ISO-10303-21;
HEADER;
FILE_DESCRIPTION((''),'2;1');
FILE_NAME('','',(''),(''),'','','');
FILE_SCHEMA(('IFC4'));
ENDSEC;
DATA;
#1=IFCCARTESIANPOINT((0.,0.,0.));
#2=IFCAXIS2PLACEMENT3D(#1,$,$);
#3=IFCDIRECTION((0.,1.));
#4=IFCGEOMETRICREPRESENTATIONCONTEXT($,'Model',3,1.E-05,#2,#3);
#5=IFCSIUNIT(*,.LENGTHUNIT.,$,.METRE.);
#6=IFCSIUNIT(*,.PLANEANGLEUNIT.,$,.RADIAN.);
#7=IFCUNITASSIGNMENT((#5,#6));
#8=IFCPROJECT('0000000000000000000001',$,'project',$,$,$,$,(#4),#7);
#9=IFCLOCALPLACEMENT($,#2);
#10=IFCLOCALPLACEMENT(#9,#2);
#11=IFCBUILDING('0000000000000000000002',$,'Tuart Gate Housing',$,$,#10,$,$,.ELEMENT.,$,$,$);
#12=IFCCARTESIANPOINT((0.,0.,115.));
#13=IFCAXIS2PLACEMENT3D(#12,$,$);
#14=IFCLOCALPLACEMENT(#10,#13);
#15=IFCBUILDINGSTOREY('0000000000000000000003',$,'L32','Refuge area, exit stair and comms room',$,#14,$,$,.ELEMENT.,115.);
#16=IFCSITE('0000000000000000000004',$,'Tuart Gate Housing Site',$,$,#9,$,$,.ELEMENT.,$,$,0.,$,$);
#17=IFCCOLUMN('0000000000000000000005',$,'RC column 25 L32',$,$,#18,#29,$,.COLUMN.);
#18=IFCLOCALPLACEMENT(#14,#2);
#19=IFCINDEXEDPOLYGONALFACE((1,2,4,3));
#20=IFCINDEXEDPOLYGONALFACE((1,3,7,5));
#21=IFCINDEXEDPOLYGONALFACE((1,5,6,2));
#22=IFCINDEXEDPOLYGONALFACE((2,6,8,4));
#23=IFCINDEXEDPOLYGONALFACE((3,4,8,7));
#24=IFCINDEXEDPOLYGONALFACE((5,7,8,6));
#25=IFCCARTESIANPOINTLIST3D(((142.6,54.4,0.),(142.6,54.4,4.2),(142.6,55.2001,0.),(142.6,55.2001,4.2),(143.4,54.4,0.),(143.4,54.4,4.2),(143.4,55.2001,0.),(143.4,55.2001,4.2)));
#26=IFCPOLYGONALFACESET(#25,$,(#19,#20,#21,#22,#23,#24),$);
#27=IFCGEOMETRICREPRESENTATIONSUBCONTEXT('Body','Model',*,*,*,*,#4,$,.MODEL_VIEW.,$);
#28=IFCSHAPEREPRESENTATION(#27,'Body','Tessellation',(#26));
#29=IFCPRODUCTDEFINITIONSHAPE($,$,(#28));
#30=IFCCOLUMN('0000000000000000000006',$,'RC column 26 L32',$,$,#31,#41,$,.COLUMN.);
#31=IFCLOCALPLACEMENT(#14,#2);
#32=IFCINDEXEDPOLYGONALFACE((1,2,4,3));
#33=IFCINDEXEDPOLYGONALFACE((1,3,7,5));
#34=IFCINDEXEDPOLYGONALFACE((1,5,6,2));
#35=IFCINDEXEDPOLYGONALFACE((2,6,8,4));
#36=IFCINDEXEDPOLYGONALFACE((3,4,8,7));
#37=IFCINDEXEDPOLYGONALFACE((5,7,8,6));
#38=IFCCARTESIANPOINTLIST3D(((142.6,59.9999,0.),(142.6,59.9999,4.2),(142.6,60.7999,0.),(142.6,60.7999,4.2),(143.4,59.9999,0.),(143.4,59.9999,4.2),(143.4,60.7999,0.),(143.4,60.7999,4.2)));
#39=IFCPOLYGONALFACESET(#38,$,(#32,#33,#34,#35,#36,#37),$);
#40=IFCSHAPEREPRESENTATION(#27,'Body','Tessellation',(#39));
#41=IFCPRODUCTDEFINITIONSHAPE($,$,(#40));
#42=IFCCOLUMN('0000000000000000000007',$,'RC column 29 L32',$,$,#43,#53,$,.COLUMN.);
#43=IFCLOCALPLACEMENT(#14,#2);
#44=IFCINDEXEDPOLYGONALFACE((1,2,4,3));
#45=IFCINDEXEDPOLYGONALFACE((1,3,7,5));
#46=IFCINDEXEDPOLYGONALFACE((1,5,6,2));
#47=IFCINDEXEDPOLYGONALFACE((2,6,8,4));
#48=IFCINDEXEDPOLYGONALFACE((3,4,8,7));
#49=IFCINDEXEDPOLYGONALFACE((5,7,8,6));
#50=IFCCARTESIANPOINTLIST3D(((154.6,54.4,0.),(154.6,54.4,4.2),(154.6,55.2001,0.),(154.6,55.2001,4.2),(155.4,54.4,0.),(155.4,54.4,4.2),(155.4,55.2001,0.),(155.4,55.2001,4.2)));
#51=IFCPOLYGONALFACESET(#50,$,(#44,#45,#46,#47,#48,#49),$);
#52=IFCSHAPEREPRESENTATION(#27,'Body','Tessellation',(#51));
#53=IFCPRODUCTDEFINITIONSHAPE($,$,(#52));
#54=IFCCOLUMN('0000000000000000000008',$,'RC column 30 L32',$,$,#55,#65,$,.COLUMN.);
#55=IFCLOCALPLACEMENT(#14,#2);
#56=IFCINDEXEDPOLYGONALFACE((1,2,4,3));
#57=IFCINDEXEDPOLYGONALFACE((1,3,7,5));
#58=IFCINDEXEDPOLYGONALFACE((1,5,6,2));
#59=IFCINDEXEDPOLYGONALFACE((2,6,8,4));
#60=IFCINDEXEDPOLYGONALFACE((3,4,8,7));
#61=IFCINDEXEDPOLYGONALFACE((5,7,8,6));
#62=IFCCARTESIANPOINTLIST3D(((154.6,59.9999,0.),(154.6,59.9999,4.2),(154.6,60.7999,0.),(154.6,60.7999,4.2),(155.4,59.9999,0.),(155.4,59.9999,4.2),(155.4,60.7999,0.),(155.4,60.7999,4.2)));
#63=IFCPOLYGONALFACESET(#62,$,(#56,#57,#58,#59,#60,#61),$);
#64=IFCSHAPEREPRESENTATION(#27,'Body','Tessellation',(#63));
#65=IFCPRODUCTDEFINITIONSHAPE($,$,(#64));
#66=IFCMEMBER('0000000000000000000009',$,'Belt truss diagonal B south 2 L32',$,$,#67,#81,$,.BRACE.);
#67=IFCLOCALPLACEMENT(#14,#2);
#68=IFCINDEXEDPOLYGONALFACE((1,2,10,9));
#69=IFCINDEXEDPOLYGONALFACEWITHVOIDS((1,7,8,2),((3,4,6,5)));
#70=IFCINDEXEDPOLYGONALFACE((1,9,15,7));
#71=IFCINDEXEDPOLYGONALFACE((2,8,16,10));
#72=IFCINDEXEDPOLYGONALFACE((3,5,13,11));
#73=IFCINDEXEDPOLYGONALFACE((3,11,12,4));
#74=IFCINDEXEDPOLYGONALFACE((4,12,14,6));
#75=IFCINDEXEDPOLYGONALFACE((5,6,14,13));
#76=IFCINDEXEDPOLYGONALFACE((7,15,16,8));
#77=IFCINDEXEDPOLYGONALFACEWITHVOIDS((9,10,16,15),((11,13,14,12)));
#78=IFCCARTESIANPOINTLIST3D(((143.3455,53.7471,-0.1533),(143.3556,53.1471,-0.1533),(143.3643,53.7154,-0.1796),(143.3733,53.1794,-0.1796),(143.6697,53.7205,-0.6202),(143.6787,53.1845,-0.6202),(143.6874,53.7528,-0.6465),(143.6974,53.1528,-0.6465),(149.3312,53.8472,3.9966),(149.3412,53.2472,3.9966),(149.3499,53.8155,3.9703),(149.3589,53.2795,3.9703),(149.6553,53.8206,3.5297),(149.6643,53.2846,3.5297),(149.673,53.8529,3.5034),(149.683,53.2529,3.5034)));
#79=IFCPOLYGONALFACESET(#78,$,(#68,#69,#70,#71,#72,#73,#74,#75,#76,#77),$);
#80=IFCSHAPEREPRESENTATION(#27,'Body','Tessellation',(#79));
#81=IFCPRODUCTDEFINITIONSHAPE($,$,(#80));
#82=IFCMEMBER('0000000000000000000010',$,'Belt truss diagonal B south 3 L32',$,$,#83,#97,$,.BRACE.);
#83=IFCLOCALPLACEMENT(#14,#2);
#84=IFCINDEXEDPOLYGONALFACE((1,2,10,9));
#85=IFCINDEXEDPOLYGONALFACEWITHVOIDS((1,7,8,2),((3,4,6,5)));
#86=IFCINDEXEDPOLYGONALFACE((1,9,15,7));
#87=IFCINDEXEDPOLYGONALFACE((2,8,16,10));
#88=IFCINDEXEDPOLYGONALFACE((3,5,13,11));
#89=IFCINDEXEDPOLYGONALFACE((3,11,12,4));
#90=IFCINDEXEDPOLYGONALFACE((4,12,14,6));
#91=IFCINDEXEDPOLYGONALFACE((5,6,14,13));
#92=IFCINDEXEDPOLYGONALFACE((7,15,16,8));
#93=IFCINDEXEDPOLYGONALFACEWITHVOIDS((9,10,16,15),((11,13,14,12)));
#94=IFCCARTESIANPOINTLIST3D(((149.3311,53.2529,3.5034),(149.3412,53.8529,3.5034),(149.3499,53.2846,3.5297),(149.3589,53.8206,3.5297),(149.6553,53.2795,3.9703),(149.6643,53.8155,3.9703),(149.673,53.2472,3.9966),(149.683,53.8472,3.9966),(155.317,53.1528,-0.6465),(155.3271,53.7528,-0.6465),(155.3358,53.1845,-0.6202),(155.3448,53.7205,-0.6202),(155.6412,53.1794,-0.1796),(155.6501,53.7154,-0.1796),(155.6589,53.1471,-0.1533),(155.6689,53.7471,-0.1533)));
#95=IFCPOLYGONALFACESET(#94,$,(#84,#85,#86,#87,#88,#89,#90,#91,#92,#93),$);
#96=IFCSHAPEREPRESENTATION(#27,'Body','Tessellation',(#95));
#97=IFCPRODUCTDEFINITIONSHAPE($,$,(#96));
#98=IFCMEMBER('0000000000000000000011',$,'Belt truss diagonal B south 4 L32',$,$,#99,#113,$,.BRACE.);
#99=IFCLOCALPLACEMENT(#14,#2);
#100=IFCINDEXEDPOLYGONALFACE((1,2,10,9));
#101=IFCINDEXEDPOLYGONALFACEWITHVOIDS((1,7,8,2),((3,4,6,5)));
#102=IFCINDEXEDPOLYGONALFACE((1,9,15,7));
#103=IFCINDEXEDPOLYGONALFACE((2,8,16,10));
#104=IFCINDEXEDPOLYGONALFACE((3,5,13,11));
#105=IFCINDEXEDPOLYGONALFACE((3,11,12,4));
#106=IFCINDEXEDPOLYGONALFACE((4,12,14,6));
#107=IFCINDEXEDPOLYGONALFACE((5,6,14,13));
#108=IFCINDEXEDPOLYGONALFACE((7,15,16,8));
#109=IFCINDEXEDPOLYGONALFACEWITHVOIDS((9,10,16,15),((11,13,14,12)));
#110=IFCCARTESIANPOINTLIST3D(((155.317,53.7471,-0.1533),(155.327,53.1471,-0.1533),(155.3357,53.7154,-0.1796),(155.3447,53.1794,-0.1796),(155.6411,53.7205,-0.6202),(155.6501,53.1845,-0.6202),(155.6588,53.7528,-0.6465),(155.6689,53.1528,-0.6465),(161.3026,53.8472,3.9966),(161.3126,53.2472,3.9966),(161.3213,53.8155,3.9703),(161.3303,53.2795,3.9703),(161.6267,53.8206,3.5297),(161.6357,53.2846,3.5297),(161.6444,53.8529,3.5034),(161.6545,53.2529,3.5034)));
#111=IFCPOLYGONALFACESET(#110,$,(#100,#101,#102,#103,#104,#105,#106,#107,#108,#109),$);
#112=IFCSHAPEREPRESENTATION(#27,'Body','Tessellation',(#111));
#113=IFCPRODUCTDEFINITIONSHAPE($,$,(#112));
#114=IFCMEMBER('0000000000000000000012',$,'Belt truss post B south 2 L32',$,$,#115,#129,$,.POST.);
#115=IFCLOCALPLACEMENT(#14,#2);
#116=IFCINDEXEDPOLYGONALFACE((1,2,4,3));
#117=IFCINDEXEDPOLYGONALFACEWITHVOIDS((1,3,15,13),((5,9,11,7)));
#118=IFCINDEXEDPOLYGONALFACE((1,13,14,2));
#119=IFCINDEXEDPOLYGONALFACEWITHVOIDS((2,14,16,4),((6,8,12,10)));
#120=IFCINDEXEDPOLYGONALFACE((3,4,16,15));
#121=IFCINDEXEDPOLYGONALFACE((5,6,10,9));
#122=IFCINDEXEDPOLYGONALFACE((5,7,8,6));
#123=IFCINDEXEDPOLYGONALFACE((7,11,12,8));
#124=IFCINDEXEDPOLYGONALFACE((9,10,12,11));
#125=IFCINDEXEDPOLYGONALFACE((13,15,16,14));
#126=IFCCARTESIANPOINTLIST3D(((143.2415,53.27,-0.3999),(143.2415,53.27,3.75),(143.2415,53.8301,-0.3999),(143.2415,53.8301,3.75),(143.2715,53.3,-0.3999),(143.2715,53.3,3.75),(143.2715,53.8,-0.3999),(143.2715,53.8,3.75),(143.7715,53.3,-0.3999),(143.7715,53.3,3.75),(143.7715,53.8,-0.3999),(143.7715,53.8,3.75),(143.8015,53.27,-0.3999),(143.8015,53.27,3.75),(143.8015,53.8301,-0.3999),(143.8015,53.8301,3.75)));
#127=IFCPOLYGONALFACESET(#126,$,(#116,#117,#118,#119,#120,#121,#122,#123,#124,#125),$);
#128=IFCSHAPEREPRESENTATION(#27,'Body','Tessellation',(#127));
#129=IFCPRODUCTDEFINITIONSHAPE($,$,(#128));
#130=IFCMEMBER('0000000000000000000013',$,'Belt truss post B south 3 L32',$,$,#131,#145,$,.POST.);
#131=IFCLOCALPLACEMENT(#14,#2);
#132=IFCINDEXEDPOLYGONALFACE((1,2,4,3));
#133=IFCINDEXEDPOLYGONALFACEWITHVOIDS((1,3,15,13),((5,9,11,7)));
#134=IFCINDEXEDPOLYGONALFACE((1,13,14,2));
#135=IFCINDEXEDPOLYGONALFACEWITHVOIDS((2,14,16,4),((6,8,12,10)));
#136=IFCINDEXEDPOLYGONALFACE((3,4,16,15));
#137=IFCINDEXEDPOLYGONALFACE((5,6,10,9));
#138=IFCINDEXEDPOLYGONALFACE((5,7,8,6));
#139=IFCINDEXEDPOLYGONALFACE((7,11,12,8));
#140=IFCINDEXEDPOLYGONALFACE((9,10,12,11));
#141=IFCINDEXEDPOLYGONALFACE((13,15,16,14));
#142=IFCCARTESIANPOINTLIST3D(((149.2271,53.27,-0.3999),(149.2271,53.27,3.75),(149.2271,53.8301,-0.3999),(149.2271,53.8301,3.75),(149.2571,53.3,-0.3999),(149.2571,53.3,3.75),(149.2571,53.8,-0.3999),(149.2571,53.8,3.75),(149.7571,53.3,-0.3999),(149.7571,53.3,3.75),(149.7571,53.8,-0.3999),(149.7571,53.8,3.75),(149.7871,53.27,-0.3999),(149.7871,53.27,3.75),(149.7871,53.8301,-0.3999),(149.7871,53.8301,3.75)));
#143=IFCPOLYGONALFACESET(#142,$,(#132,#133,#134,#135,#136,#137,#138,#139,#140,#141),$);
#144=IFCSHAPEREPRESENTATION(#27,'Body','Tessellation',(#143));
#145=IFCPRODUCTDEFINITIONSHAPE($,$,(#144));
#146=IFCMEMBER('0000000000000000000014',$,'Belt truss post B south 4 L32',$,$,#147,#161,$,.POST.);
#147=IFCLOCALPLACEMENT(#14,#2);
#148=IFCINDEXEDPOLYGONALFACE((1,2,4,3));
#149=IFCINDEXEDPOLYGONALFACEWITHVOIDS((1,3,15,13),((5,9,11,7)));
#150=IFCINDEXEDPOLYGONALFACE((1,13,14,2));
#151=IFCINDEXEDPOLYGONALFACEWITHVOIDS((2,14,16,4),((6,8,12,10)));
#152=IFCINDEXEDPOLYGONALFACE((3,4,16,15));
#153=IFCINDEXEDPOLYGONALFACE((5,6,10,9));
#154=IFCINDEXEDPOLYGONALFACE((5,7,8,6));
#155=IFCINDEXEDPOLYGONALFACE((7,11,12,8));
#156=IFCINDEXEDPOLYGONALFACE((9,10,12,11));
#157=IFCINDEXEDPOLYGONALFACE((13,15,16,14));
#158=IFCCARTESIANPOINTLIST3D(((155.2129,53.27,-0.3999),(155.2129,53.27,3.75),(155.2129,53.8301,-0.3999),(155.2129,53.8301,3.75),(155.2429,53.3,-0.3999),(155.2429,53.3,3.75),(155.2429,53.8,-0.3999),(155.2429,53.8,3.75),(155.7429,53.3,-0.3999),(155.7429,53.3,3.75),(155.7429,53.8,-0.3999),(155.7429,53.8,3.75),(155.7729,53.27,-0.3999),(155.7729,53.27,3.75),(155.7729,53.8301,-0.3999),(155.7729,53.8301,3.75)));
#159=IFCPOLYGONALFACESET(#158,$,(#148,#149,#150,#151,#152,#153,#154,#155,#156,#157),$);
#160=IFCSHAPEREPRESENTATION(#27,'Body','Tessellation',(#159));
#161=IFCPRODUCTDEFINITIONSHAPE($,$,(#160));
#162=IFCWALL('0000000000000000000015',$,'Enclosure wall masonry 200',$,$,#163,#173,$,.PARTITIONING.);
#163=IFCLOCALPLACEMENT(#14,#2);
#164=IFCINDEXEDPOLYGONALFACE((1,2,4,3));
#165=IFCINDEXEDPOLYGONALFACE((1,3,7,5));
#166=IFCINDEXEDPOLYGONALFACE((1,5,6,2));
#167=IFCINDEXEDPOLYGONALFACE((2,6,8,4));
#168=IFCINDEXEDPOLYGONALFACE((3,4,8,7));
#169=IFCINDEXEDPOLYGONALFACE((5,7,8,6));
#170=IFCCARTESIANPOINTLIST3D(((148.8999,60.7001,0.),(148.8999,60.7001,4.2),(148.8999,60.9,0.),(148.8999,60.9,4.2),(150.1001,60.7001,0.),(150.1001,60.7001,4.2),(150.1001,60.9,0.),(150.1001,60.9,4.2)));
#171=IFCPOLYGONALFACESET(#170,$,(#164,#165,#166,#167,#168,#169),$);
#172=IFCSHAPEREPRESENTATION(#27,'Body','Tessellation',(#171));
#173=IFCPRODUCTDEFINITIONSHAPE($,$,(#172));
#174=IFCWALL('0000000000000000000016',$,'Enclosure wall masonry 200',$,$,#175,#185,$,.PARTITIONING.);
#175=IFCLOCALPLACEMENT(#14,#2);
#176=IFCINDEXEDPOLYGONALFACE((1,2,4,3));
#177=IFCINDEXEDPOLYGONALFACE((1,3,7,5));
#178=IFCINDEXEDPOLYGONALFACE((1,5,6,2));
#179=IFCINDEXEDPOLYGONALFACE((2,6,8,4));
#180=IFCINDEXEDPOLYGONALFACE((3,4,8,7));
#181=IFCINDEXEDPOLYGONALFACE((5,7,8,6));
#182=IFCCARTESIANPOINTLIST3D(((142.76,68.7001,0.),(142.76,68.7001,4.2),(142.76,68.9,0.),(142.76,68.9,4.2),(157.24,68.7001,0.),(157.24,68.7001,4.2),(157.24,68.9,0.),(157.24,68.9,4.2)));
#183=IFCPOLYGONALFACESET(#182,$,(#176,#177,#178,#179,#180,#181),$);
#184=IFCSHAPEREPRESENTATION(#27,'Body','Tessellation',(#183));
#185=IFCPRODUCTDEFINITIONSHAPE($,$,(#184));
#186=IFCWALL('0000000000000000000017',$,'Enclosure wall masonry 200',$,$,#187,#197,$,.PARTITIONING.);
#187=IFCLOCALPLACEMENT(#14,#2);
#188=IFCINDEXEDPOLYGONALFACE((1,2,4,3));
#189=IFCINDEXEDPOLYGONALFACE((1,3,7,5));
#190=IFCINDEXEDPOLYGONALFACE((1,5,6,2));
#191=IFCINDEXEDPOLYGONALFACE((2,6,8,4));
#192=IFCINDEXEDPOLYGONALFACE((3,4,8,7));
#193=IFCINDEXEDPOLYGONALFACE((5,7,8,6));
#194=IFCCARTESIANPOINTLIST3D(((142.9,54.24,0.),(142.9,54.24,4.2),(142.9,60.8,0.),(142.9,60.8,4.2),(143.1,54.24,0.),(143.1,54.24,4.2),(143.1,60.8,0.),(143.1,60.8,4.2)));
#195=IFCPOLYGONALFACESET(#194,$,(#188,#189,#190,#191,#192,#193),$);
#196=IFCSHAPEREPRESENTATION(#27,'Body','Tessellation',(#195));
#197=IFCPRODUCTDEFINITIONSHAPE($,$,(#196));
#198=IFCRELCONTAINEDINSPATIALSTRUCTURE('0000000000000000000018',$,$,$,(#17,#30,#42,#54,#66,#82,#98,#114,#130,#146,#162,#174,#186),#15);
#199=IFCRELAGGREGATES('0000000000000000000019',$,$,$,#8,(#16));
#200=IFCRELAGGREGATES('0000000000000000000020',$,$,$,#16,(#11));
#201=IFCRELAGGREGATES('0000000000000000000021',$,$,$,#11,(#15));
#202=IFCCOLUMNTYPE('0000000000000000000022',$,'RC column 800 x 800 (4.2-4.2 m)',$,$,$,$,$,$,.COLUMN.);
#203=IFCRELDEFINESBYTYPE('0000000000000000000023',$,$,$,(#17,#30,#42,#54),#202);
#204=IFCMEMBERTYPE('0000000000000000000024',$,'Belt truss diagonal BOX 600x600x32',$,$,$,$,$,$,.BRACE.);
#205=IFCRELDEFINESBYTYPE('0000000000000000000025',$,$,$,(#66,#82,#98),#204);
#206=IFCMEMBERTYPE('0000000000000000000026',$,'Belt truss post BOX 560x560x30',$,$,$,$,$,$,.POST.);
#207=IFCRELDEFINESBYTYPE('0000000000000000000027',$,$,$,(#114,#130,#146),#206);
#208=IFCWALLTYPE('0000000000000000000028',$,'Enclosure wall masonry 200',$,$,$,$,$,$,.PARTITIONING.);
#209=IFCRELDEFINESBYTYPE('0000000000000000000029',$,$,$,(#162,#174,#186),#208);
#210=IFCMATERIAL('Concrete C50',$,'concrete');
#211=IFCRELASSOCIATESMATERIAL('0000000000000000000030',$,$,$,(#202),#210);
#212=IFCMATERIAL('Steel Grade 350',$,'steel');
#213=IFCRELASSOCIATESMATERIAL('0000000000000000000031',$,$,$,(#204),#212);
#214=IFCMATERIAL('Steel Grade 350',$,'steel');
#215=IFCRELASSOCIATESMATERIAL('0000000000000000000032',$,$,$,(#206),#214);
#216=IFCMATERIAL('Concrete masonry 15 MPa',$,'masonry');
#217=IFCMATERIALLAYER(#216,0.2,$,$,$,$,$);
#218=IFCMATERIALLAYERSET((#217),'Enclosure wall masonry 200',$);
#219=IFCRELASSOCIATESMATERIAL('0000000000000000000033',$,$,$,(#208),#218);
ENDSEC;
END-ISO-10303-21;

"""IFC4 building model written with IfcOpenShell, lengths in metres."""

from ifc_helpers import new_model, si_unit, direction, frame, frame_2d, origin, origin_2d, place, context, subcontext, project, spatial, rectangle, hollow_rectangle, extrude, material, layer, layer_set, material_profile, profile_set, type_object, element, save


model = new_model("IFC4")

# Units and contexts
model_context = context("Model", 3, precision=1e-05, world=origin(), true_north=direction((0.0, 1.0)))
body_context = subcontext(model_context, "Body", "Model", "MODEL_VIEW")
ifc_project = project(units=[si_unit("LENGTHUNIT", "METRE"), si_unit("PLANEANGLEUNIT", "RADIAN")], contexts=[model_context])

# Site, building, storey
site_placement = place(None, origin())
site = spatial("IfcSite", under=ifc_project, at=site_placement, Name="Tuart Gate Housing Site", CompositionType="ELEMENT", RefElevation=0.0)
building_placement = place(site_placement, origin())
building = spatial("IfcBuilding", under=site, at=building_placement, Name="Tuart Gate Housing", CompositionType="ELEMENT")
storey_placement = place(building_placement, frame((0.0, 0.0, 115.0)))
storey = spatial("IfcBuildingStorey", under=building, at=storey_placement, Name="L32", Description="Refuge area, exit stair and comms room", CompositionType="ELEMENT", Elevation=115.0)

# Columns
ifc_material_1 = material(Name="Concrete C50", Category="concrete")
ifc_material_profile_1 = material_profile(ifc_material_1, rectangle(XDim=0.8, YDim=0.8, at=origin_2d()), Name="RC column 800 x 800 (4.2-4.2 m)")
ifc_profile_set_1 = profile_set([ifc_material_profile_1], Name="Concrete C50")
column_type = type_object("IfcColumnType", Name="RC column 800 x 800 (4.2-4.2 m)", PredefinedType="COLUMN", material=ifc_profile_set_1)
for number, where, z_axis, x_axis, name in (
    (1, (143.0, 54.8, 0.0), (0.0, 0.0, 1.0), (1.0, 0.0, 0.0), "RC column 25 L32"),
    (2, (143.0, 60.3999, 0.0), (0.0, 0.0, 1.0), (1.0, 0.0, 0.0), "RC column 26 L32"),
    (3, (155.0, 54.8, 0.0), (0.0, 0.0, 1.0), (1.0, 0.0, 0.0), "RC column 29 L32"),
    (4, (155.0, 60.3999, 0.0), (0.0, 0.0, 1.0), (1.0, 0.0, 0.0), "RC column 30 L32"),
):
    element("IfcColumn", number, at=place(storey_placement, frame(where, z_axis=z_axis, x_axis=x_axis)), inside=storey, type_object=column_type, Name=name, PredefinedType="COLUMN", context=body_context, shape_type="SweptSolid", body=[
        extrude(rectangle(XDim=0.8, YDim=0.8, at=origin_2d()), origin(), (0.0, 0.0, 1.0), 4.2),
    ])

# Members
ifc_material_2 = material(Name="Steel Grade 350", Category="steel")
ifc_material_profile_2 = material_profile(ifc_material_2, hollow_rectangle(XDim=0.6001, YDim=0.6001, WallThickness=0.032, at=origin_2d()), Name="BOX 600x600x32")
ifc_profile_set_2 = profile_set([ifc_material_profile_2], Name="Steel Grade 350")
member_type_1 = type_object("IfcMemberType", Name="Belt truss diagonal BOX 600x600x32", PredefinedType="BRACE", material=ifc_profile_set_2)
member_1_placement = place(storey_placement, frame((143.5215, 53.45, -0.3999), z_axis=(0.821727, 0.013742, 0.569716), x_axis=(-0.016721, 0.99986, 0.0)))
element("IfcMember", 5, at=member_1_placement, inside=storey, type_object=member_type_1, Name="Belt truss diagonal B south 2 L32", PredefinedType="BRACE", context=body_context, shape_type="SweptSolid", body=[
    extrude(hollow_rectangle(XDim=0.6001, YDim=0.6001, WallThickness=0.032, at=origin_2d()), origin(), (0.0, 0.0, 1.0), 7.2842),
])
member_2_placement = place(storey_placement, frame((149.5071, 53.55, 3.75), z_axis=(0.821738, -0.013741, -0.5697), x_axis=(0.01672, 0.99986, 0.0)))
element("IfcMember", 6, at=member_2_placement, inside=storey, type_object=member_type_1, Name="Belt truss diagonal B south 3 L32", PredefinedType="BRACE", context=body_context, shape_type="SweptSolid", body=[
    extrude(hollow_rectangle(XDim=0.6001, YDim=0.6001, WallThickness=0.032, at=origin_2d()), origin(), (0.0, 0.0, 1.0), 7.2844),
])
member_3_placement = place(storey_placement, frame((155.4929, 53.45, -0.3999), z_axis=(0.821727, 0.013742, 0.569716), x_axis=(-0.016721, 0.99986, 0.0)))
element("IfcMember", 7, at=member_3_placement, inside=storey, type_object=member_type_1, Name="Belt truss diagonal B south 4 L32", PredefinedType="BRACE", context=body_context, shape_type="SweptSolid", body=[
    extrude(hollow_rectangle(XDim=0.6001, YDim=0.6001, WallThickness=0.032, at=origin_2d()), origin(), (0.0, 0.0, 1.0), 7.2842),
])
ifc_material_3 = material(Name="Steel Grade 350", Category="steel")
ifc_material_profile_3 = material_profile(ifc_material_3, hollow_rectangle(XDim=0.5601, YDim=0.5601, WallThickness=0.03, at=origin_2d()), Name="BOX 560x560x30")
ifc_profile_set_3 = profile_set([ifc_material_profile_3], Name="Steel Grade 350")
member_type_2 = type_object("IfcMemberType", Name="Belt truss post BOX 560x560x30", PredefinedType="POST", material=ifc_profile_set_3)
for number, where, z_axis, x_axis, name in (
    (8, (143.5215, 53.55, -0.3999), (0.0, 0.0, 1.0), (1.0, 0.0, 0.0), "Belt truss post B south 2 L32"),
    (9, (149.5071, 53.55, -0.3999), (0.0, 0.0, 1.0), (1.0, 0.0, 0.0), "Belt truss post B south 3 L32"),
    (10, (155.4929, 53.55, -0.3999), (0.0, 0.0, 1.0), (1.0, 0.0, 0.0), "Belt truss post B south 4 L32"),
):
    element("IfcMember", number, at=place(storey_placement, frame(where, z_axis=z_axis, x_axis=x_axis)), inside=storey, type_object=member_type_2, Name=name, PredefinedType="POST", context=body_context, shape_type="SweptSolid", body=[
        extrude(hollow_rectangle(XDim=0.5601, YDim=0.5601, WallThickness=0.03, at=origin_2d()), origin(), (0.0, 0.0, 1.0), 4.1499),
    ])

# Walls
ifc_material_4 = material(Name="Concrete masonry 15 MPa", Category="masonry")
ifc_layer_1 = layer(ifc_material_4, 0.2)
ifc_layer_set_1 = layer_set([ifc_layer_1], Name="Enclosure wall masonry 200")
wall_type_1 = type_object("IfcWallType", Name="Enclosure wall masonry 200", PredefinedType="PARTITIONING", material=ifc_layer_set_1)
wall_1_placement = place(storey_placement, frame((148.8999, 60.8, 0.0), z_axis=(0.0, 0.0, 1.0), x_axis=(1.0, 0.0, 0.0)))
element("IfcWall", 11, at=wall_1_placement, inside=storey, type_object=wall_type_1, Name="Enclosure wall masonry 200", PredefinedType="PARTITIONING", context=body_context, shape_type="SweptSolid", body=[
    extrude(rectangle(XDim=1.2002, YDim=0.2, at=frame_2d((0.6001, 0.0))), origin(), (0.0, 0.0, 1.0), 4.2),
])
wall_2_placement = place(storey_placement, frame((142.76, 68.8, 0.0), z_axis=(0.0, 0.0, 1.0), x_axis=(1.0, 0.0, 0.0)))
element("IfcWall", 12, at=wall_2_placement, inside=storey, type_object=wall_type_1, Name="Enclosure wall masonry 200", PredefinedType="PARTITIONING", context=body_context, shape_type="SweptSolid", body=[
    extrude(rectangle(XDim=14.48, YDim=0.2, at=frame_2d((7.24, 0.0))), origin(), (0.0, 0.0, 1.0), 4.2),
])
wall_3_placement = place(storey_placement, frame((143.0, 54.24, 0.0), z_axis=(0.0, 0.0, 1.0), x_axis=(0.0, 1.0, 0.0)))
element("IfcWall", 13, at=wall_3_placement, inside=storey, type_object=wall_type_1, Name="Enclosure wall masonry 200", PredefinedType="PARTITIONING", context=body_context, shape_type="SweptSolid", body=[
    extrude(rectangle(XDim=6.5601, YDim=0.2, at=frame_2d((3.28, 0.0))), origin(), (0.0, 0.0, 1.0), 4.2),
])

save(model, "model.ifc")
